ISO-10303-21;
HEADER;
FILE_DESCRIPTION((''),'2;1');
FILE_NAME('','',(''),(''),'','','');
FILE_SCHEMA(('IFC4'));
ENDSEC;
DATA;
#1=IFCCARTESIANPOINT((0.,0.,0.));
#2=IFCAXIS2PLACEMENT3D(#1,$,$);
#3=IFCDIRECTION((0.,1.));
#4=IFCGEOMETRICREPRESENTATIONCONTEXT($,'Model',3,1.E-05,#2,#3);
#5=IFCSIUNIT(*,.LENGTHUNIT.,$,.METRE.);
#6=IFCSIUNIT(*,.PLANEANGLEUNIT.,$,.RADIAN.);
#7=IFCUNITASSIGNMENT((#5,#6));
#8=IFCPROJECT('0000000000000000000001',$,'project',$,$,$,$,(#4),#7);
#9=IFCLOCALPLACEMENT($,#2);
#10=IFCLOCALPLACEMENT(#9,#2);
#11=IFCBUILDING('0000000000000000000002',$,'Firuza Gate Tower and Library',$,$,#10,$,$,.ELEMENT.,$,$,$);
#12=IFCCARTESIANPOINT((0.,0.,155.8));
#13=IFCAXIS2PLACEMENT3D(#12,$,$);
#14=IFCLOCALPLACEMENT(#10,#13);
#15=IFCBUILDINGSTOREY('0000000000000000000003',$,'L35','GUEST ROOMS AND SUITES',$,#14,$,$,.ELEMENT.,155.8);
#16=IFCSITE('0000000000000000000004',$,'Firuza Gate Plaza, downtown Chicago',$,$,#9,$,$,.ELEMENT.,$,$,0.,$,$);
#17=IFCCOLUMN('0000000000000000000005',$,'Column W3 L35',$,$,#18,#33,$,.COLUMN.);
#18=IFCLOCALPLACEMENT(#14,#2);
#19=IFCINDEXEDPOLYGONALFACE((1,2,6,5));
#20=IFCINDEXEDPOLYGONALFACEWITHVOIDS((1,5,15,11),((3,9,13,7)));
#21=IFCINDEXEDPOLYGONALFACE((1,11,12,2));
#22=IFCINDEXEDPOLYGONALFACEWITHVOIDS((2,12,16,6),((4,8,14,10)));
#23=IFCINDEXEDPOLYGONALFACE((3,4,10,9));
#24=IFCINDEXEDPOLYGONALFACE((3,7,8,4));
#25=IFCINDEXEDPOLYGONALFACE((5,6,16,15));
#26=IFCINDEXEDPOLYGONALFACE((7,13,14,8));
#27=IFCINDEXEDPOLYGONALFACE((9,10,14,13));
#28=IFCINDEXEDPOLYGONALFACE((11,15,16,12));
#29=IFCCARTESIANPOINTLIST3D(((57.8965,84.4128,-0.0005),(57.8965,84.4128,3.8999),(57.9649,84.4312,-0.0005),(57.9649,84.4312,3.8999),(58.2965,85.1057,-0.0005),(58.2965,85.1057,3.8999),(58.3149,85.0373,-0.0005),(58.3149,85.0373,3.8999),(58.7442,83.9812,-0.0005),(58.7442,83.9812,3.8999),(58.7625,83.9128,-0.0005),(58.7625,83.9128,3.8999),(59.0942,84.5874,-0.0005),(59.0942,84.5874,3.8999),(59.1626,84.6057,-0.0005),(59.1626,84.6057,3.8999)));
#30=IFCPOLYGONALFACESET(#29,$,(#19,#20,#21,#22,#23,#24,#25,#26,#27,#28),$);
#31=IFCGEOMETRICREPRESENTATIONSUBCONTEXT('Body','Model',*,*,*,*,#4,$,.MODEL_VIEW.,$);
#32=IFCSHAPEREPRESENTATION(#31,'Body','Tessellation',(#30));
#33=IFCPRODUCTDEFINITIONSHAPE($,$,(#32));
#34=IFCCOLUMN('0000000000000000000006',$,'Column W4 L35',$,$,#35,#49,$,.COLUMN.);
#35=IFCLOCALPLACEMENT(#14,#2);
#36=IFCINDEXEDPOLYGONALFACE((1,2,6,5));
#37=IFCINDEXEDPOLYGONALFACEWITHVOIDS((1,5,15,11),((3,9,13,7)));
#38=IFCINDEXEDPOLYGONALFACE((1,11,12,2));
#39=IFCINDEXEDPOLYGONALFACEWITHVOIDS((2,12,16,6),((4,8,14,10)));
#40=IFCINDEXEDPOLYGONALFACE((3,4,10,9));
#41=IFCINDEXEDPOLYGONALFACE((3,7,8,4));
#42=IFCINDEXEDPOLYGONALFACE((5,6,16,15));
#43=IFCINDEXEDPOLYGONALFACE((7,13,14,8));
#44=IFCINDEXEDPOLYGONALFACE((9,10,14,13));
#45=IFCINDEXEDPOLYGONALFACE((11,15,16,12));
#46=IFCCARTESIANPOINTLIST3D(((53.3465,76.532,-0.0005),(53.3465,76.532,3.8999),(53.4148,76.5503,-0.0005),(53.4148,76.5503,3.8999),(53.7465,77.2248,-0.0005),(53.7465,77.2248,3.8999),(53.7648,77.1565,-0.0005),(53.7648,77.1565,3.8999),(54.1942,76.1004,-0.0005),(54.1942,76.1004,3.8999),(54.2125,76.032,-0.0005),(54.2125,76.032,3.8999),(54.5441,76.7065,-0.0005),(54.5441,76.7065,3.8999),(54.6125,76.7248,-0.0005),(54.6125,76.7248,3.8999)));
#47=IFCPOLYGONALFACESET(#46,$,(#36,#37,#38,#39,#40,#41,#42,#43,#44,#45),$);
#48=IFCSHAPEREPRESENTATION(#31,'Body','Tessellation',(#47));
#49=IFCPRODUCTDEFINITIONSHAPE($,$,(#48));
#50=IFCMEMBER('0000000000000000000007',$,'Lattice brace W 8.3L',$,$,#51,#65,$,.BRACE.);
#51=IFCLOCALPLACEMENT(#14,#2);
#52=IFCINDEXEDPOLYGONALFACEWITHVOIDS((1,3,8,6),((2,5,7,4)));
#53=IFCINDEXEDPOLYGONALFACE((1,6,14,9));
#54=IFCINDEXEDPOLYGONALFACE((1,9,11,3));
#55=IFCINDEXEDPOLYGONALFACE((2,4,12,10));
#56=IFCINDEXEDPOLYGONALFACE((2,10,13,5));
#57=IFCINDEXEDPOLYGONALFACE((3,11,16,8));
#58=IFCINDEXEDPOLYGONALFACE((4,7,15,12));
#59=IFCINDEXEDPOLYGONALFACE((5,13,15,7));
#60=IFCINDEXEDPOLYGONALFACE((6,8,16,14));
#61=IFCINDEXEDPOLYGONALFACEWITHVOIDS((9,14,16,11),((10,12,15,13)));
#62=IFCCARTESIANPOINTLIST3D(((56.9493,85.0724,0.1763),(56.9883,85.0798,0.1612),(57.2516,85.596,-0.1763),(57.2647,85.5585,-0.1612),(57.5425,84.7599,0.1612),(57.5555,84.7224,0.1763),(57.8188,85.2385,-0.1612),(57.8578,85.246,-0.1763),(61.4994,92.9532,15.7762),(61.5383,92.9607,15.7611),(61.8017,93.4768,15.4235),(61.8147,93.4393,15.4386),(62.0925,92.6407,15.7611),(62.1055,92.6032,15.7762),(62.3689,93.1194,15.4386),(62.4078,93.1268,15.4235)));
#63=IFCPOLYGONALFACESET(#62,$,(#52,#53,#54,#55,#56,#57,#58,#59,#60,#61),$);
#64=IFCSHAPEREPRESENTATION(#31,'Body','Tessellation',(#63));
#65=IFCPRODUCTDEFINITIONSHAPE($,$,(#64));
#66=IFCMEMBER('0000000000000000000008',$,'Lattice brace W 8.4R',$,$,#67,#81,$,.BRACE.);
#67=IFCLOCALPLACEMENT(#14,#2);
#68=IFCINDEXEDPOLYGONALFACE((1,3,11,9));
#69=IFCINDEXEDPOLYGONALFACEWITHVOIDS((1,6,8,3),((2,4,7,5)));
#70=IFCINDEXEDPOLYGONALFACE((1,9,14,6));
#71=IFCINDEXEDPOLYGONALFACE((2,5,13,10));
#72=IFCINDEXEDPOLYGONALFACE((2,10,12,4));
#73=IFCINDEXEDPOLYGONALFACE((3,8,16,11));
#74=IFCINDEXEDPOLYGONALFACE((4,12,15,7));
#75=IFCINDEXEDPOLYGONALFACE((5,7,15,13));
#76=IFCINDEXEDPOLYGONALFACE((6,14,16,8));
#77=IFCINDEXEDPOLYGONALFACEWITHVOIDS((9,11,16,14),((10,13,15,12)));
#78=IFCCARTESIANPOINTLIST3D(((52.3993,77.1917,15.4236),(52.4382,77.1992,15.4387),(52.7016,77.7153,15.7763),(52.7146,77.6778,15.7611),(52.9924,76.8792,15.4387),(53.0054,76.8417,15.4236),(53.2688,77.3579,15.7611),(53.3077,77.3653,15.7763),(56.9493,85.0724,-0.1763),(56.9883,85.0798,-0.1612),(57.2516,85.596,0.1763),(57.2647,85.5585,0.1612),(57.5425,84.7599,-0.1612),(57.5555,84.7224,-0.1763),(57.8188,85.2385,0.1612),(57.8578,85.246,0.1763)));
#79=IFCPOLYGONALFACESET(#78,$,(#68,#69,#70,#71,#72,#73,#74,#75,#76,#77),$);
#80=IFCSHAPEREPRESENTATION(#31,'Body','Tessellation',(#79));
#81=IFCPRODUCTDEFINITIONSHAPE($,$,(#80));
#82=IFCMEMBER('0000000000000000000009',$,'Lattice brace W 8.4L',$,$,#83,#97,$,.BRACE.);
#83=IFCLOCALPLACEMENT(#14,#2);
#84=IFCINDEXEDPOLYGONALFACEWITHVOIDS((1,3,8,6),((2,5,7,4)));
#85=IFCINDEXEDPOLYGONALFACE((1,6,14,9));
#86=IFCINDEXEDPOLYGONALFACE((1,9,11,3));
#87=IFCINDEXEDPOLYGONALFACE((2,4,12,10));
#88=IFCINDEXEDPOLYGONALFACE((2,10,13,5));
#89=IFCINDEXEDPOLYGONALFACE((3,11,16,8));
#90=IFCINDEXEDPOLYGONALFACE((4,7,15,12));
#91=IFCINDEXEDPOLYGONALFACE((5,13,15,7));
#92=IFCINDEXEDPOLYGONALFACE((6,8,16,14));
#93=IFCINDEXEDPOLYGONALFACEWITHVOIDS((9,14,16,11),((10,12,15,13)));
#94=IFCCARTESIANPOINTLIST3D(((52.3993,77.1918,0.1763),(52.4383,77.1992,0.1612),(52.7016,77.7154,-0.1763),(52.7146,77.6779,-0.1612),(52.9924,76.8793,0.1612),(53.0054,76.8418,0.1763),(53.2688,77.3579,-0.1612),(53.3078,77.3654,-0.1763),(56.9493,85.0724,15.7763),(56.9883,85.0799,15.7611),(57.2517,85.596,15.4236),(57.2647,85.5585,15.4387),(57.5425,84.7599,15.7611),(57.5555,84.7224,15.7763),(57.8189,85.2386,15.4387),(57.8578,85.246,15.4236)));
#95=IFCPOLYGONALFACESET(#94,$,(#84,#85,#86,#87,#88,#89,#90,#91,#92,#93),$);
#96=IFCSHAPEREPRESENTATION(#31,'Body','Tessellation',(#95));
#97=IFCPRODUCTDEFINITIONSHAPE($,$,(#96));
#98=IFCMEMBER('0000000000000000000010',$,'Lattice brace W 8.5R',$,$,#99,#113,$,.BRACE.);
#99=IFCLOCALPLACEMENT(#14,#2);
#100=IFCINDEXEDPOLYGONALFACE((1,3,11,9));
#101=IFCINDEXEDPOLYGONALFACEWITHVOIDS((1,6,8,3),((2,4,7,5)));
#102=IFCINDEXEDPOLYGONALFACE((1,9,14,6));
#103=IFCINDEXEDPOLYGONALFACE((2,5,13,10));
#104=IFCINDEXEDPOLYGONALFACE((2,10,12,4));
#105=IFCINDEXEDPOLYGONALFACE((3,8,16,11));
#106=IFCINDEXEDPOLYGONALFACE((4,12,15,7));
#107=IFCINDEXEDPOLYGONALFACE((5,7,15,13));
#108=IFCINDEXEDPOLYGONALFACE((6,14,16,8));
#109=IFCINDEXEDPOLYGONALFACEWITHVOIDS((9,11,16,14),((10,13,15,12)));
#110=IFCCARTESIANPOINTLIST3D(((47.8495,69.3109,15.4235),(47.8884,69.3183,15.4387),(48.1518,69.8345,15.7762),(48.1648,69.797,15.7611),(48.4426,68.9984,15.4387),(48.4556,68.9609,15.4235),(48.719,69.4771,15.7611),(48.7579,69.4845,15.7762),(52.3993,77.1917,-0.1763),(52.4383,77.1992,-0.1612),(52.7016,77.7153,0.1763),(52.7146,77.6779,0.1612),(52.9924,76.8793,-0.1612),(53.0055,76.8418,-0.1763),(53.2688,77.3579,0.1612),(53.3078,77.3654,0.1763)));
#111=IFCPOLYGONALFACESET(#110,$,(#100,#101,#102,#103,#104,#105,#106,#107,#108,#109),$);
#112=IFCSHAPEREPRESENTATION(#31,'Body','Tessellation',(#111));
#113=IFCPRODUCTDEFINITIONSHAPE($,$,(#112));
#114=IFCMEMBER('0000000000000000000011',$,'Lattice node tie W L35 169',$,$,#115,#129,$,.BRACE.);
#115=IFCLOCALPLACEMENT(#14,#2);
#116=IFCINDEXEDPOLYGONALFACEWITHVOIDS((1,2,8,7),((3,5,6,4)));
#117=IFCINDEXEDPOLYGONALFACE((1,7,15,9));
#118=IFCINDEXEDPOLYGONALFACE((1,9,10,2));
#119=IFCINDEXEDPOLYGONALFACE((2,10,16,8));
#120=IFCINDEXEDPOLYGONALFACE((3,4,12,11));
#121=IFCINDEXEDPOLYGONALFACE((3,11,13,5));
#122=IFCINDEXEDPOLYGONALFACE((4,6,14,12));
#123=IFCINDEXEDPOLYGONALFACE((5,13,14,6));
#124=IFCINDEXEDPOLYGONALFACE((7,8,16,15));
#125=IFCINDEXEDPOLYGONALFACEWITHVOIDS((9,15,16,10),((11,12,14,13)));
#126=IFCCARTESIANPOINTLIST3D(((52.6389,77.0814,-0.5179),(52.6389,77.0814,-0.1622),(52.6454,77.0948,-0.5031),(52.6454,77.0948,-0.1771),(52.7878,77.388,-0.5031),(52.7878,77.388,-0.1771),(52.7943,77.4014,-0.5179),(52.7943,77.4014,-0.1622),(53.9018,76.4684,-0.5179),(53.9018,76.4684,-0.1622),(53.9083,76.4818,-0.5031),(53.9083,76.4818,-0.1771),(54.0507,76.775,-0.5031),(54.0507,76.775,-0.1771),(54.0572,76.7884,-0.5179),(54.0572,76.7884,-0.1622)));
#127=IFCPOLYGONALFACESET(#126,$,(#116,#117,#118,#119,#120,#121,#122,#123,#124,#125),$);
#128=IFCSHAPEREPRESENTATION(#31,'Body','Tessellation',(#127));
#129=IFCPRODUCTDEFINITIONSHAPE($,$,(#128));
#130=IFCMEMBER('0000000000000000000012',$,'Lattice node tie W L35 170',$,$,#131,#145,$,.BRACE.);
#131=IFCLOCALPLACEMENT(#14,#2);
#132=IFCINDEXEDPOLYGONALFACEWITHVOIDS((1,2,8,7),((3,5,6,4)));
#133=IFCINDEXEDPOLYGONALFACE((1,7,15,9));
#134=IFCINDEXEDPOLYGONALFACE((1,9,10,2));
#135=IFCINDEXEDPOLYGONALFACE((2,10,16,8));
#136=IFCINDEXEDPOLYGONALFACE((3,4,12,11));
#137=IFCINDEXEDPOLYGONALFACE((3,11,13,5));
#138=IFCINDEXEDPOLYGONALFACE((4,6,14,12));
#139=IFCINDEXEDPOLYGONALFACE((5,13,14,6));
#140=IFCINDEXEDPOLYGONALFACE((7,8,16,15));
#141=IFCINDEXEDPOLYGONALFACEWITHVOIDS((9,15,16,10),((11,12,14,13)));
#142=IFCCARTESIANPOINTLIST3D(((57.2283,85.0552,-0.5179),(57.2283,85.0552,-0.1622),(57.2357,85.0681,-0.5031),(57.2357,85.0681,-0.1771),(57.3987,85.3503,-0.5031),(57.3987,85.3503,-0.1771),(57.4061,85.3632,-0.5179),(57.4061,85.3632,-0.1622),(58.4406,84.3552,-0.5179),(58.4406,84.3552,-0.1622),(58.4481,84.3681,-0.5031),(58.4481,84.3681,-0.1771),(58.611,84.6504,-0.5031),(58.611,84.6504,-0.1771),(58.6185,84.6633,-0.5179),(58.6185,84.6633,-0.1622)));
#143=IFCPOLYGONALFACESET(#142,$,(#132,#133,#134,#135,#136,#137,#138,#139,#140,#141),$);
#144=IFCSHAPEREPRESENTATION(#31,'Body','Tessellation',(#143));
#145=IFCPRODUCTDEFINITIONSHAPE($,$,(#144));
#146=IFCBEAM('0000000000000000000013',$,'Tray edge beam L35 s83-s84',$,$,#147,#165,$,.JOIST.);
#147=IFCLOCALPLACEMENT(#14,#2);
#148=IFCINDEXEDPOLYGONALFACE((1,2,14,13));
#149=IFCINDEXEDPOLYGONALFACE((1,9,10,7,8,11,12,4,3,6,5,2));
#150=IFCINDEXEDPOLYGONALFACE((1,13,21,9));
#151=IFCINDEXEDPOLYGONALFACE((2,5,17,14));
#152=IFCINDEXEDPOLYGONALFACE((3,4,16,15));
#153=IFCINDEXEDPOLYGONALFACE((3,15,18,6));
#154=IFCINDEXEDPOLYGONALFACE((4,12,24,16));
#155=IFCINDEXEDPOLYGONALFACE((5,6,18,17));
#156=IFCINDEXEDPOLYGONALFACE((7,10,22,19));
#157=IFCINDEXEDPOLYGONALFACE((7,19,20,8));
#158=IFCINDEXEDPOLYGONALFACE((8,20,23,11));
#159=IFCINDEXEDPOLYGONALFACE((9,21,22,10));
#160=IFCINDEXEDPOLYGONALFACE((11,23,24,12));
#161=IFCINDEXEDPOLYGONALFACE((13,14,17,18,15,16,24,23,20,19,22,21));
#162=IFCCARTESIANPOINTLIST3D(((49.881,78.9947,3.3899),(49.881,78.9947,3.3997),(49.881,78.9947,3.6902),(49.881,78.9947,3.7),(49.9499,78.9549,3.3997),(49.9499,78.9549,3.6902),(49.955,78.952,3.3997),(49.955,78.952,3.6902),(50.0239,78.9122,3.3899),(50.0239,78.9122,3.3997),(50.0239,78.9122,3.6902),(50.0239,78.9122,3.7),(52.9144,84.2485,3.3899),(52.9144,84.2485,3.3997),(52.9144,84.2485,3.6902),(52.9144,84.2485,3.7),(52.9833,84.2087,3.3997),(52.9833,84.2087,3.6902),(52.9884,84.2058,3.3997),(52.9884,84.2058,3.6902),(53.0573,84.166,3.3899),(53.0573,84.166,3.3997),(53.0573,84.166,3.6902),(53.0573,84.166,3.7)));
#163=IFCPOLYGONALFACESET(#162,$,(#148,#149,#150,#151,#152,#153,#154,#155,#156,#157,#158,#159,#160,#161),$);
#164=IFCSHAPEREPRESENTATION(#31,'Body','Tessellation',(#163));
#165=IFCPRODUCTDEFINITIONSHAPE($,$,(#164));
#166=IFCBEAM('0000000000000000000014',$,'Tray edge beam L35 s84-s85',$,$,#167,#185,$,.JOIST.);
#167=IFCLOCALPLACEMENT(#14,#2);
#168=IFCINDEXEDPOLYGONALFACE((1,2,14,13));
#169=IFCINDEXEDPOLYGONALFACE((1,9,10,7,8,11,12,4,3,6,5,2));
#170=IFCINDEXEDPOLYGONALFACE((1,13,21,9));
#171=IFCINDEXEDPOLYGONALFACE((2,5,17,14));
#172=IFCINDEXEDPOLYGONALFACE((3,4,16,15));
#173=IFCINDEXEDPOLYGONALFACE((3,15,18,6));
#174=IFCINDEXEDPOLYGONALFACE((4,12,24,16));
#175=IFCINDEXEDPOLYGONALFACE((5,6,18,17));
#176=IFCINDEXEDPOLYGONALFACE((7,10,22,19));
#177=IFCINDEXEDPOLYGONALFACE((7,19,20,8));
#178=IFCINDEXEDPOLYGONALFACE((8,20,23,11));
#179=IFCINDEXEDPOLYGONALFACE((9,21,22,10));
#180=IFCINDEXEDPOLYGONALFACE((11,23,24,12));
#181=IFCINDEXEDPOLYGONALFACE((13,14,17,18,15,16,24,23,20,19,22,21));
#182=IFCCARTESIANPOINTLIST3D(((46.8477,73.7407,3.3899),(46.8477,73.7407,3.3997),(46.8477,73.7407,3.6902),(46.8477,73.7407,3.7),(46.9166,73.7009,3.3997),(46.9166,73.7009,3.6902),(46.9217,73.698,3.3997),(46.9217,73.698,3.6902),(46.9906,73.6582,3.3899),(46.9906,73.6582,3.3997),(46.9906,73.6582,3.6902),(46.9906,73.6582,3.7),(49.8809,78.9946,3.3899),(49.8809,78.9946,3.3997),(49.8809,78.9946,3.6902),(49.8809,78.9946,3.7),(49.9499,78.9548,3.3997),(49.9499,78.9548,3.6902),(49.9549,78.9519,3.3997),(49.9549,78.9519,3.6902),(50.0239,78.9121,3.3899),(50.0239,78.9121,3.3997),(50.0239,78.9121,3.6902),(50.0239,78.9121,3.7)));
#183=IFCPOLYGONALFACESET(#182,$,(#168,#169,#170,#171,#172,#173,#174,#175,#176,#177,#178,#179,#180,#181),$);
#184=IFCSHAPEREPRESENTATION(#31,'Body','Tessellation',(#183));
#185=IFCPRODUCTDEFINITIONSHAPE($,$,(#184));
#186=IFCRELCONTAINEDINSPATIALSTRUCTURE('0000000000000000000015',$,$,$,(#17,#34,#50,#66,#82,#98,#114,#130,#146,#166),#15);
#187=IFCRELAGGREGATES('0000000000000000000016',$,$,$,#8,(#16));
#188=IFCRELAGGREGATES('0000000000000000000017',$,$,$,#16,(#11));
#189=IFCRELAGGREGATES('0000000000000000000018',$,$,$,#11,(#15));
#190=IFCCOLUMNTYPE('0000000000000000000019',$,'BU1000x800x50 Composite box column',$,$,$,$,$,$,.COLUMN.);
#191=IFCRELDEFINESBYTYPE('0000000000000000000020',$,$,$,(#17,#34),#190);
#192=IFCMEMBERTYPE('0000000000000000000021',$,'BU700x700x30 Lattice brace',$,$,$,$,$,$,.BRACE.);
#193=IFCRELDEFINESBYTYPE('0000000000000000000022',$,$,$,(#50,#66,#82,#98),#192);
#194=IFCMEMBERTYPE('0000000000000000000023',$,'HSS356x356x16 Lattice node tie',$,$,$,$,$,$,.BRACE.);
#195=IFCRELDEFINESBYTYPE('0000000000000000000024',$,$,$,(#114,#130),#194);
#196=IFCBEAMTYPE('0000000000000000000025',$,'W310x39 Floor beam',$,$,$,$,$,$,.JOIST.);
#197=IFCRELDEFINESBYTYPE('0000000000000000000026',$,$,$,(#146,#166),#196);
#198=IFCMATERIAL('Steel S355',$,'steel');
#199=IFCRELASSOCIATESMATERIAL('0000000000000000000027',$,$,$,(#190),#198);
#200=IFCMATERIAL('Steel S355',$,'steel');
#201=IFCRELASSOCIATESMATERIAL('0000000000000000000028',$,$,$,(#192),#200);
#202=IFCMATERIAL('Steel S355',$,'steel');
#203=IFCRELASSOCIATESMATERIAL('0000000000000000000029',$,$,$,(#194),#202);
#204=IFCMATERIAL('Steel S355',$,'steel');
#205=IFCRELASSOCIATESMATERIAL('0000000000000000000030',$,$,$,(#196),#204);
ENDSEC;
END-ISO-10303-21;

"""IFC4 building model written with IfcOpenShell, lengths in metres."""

from ifc_helpers import new_model, si_unit, direction, frame, origin, origin_2d, place, context, subcontext, project, spatial, hollow_rectangle, i_section, extrude, material, material_profile, profile_set, type_object, element, save


model = new_model("IFC4")

# Units and contexts
model_context = context("Model", 3, precision=1e-05, world=origin(), true_north=direction((0.0, 1.0)))
body_context = subcontext(model_context, "Body", "Model", "MODEL_VIEW")
ifc_project = project(units=[si_unit("LENGTHUNIT", "METRE"), si_unit("PLANEANGLEUNIT", "RADIAN")], contexts=[model_context])

# Site, building, storey
site_placement = place(None, origin())
site = spatial("IfcSite", under=ifc_project, at=site_placement, Name="Firuza Gate Plaza, downtown Chicago", CompositionType="ELEMENT", RefElevation=0.0)
building_placement = place(site_placement, origin())
building = spatial("IfcBuilding", under=site, at=building_placement, Name="Firuza Gate Tower and Library", CompositionType="ELEMENT")
storey_placement = place(building_placement, frame((0.0, 0.0, 155.8)))
storey = spatial("IfcBuildingStorey", under=building, at=storey_placement, Name="L35", Description="GUEST ROOMS AND SUITES", CompositionType="ELEMENT", Elevation=155.8)

# Columns
ifc_material_1 = material(Name="Steel S355", Category="steel")
ifc_material_profile_1 = material_profile(ifc_material_1, hollow_rectangle(XDim=0.8, YDim=1.0, WallThickness=0.05, at=origin_2d()))
ifc_profile_set_1 = profile_set([ifc_material_profile_1], Name="Steel S355")
column_type = type_object("IfcColumnType", Name="BU1000x800x50 Composite box column", PredefinedType="COLUMN", material=ifc_profile_set_1)
for number, where, z_axis, x_axis, name in (
    (1, (58.5295, 84.5093, -0.0005), (0.0, 0.0, 1.0), (-0.5, -0.866025, 0.0), "Column W3 L35"),
    (2, (53.9795, 76.6284, -0.0005), (0.0, 0.0, 1.0), (-0.5, -0.866025, 0.0), "Column W4 L35"),
):
    element("IfcColumn", number, at=place(storey_placement, frame(where, z_axis=z_axis, x_axis=x_axis)), inside=storey, type_object=column_type, Name=name, PredefinedType="COLUMN", context=body_context, shape_type="SweptSolid", body=[
        extrude(hollow_rectangle(XDim=0.8, YDim=1.0, WallThickness=0.05, at=origin_2d()), origin(), (0.0, 0.0, 1.0), 3.9004),
    ])

# Members
ifc_material_2 = material(Name="Steel S355", Category="steel")
ifc_material_profile_2 = material_profile(ifc_material_2, hollow_rectangle(XDim=0.7, YDim=0.7, WallThickness=0.03, at=origin_2d()))
ifc_profile_set_2 = profile_set([ifc_material_profile_2], Name="Steel S355")
member_type_1 = type_object("IfcMemberType", Name="BU700x700x30 Lattice brace", PredefinedType="BRACE", material=ifc_profile_set_2)
for number, where, z_axis, x_axis, name in (
    (3, (57.4036, 85.1592, 0.0), (0.25194, 0.436369, 0.863776), (-0.866024, 0.500003, 0.0), "Lattice brace W 8.3L"),
    (4, (57.4036, 85.1592, 0.0), (-0.251941, -0.436358, 0.863781), (0.866017, -0.500014, 0.0), "Lattice brace W 8.4R"),
    (5, (52.8535, 77.2786, 0.0), (0.251941, 0.436358, 0.863781), (-0.866017, 0.500014, 0.0), "Lattice brace W 8.4L"),
    (6, (52.8535, 77.2786, 0.0), (-0.251927, -0.436371, 0.863779), (0.866035, -0.499983, 0.0), "Lattice brace W 8.5R"),
):
    element("IfcMember", number, at=place(storey_placement, frame(where, z_axis=z_axis, x_axis=x_axis)), inside=storey, type_object=member_type_1, Name=name, PredefinedType="BRACE", context=body_context, shape_type="SweptSolid", body=[
        extrude(hollow_rectangle(XDim=0.7, YDim=0.7, WallThickness=0.03, at=origin_2d()), origin(), (0.0, 0.0, 1.0), 18.0601),
    ])
ifc_material_3 = material(Name="Steel S355", Category="steel")
ifc_material_profile_3 = material_profile(ifc_material_3, hollow_rectangle(XDim=0.3557, YDim=0.3557, WallThickness=0.0149, at=origin_2d()))
ifc_profile_set_3 = profile_set([ifc_material_profile_3], Name="Steel S355")
member_type_2 = type_object("IfcMemberType", Name="HSS356x356x16 Lattice node tie", PredefinedType="BRACE", material=ifc_profile_set_3)
member_1_placement = place(storey_placement, frame((53.9795, 76.6284, -0.3401), z_axis=(-0.899617, 0.436679, 0.0), x_axis=(-0.436679, -0.899617, 0.0)))
element("IfcMember", 7, at=member_1_placement, inside=storey, type_object=member_type_2, Name="Lattice node tie W L35 169", PredefinedType="BRACE", context=body_context, shape_type="SweptSolid", body=[
    extrude(hollow_rectangle(XDim=0.3557, YDim=0.3557, WallThickness=0.0149, at=origin_2d()), origin(), (0.0, 0.0, 1.0), 1.4038),
])
member_2_placement = place(storey_placement, frame((58.5295, 84.5093, -0.3401), z_axis=(-0.866035, 0.499984, 0.0), x_axis=(-0.499984, -0.866035, 0.0)))
element("IfcMember", 8, at=member_2_placement, inside=storey, type_object=member_type_2, Name="Lattice node tie W L35 170", PredefinedType="BRACE", context=body_context, shape_type="SweptSolid", body=[
    extrude(hollow_rectangle(XDim=0.3557, YDim=0.3557, WallThickness=0.0149, at=origin_2d()), origin(), (0.0, 0.0, 1.0), 1.3999),
])

# Beams
ifc_material_4 = material(Name="Steel S355", Category="steel")
ifc_material_profile_4 = material_profile(ifc_material_4, i_section(OverallWidth=0.165, OverallDepth=0.3101, WebThickness=0.0059, FlangeThickness=0.0098, at=origin_2d()))
ifc_profile_set_4 = profile_set([ifc_material_profile_4], Name="Steel S355")
beam_type_1 = type_object("IfcBeamType", Name="W310x39 Floor beam", PredefinedType="JOIST", material=ifc_profile_set_4)
for number, where, z_axis, x_axis, name in (
    (9, (52.9858, 84.2073, 3.5449), (-0.500013, -0.866018, 0.0), (0.866018, -0.500013, 0.0), "Tray edge beam L35 s83-s84"),
    (10, (49.9524, 78.9534, 3.5449), (-0.499983, -0.866035, 0.0), (0.866035, -0.499983, 0.0), "Tray edge beam L35 s84-s85"),
):
    element("IfcBeam", number, at=place(storey_placement, frame(where, z_axis=z_axis, x_axis=x_axis)), inside=storey, type_object=beam_type_1, Name=name, PredefinedType="JOIST", context=body_context, shape_type="SweptSolid", body=[
        extrude(i_section(OverallWidth=0.165, OverallDepth=0.3101, WebThickness=0.0059, FlangeThickness=0.0098, at=origin_2d()), origin(), (0.0, 0.0, 1.0), 6.0667),
    ])

save(model, "model.ifc")
